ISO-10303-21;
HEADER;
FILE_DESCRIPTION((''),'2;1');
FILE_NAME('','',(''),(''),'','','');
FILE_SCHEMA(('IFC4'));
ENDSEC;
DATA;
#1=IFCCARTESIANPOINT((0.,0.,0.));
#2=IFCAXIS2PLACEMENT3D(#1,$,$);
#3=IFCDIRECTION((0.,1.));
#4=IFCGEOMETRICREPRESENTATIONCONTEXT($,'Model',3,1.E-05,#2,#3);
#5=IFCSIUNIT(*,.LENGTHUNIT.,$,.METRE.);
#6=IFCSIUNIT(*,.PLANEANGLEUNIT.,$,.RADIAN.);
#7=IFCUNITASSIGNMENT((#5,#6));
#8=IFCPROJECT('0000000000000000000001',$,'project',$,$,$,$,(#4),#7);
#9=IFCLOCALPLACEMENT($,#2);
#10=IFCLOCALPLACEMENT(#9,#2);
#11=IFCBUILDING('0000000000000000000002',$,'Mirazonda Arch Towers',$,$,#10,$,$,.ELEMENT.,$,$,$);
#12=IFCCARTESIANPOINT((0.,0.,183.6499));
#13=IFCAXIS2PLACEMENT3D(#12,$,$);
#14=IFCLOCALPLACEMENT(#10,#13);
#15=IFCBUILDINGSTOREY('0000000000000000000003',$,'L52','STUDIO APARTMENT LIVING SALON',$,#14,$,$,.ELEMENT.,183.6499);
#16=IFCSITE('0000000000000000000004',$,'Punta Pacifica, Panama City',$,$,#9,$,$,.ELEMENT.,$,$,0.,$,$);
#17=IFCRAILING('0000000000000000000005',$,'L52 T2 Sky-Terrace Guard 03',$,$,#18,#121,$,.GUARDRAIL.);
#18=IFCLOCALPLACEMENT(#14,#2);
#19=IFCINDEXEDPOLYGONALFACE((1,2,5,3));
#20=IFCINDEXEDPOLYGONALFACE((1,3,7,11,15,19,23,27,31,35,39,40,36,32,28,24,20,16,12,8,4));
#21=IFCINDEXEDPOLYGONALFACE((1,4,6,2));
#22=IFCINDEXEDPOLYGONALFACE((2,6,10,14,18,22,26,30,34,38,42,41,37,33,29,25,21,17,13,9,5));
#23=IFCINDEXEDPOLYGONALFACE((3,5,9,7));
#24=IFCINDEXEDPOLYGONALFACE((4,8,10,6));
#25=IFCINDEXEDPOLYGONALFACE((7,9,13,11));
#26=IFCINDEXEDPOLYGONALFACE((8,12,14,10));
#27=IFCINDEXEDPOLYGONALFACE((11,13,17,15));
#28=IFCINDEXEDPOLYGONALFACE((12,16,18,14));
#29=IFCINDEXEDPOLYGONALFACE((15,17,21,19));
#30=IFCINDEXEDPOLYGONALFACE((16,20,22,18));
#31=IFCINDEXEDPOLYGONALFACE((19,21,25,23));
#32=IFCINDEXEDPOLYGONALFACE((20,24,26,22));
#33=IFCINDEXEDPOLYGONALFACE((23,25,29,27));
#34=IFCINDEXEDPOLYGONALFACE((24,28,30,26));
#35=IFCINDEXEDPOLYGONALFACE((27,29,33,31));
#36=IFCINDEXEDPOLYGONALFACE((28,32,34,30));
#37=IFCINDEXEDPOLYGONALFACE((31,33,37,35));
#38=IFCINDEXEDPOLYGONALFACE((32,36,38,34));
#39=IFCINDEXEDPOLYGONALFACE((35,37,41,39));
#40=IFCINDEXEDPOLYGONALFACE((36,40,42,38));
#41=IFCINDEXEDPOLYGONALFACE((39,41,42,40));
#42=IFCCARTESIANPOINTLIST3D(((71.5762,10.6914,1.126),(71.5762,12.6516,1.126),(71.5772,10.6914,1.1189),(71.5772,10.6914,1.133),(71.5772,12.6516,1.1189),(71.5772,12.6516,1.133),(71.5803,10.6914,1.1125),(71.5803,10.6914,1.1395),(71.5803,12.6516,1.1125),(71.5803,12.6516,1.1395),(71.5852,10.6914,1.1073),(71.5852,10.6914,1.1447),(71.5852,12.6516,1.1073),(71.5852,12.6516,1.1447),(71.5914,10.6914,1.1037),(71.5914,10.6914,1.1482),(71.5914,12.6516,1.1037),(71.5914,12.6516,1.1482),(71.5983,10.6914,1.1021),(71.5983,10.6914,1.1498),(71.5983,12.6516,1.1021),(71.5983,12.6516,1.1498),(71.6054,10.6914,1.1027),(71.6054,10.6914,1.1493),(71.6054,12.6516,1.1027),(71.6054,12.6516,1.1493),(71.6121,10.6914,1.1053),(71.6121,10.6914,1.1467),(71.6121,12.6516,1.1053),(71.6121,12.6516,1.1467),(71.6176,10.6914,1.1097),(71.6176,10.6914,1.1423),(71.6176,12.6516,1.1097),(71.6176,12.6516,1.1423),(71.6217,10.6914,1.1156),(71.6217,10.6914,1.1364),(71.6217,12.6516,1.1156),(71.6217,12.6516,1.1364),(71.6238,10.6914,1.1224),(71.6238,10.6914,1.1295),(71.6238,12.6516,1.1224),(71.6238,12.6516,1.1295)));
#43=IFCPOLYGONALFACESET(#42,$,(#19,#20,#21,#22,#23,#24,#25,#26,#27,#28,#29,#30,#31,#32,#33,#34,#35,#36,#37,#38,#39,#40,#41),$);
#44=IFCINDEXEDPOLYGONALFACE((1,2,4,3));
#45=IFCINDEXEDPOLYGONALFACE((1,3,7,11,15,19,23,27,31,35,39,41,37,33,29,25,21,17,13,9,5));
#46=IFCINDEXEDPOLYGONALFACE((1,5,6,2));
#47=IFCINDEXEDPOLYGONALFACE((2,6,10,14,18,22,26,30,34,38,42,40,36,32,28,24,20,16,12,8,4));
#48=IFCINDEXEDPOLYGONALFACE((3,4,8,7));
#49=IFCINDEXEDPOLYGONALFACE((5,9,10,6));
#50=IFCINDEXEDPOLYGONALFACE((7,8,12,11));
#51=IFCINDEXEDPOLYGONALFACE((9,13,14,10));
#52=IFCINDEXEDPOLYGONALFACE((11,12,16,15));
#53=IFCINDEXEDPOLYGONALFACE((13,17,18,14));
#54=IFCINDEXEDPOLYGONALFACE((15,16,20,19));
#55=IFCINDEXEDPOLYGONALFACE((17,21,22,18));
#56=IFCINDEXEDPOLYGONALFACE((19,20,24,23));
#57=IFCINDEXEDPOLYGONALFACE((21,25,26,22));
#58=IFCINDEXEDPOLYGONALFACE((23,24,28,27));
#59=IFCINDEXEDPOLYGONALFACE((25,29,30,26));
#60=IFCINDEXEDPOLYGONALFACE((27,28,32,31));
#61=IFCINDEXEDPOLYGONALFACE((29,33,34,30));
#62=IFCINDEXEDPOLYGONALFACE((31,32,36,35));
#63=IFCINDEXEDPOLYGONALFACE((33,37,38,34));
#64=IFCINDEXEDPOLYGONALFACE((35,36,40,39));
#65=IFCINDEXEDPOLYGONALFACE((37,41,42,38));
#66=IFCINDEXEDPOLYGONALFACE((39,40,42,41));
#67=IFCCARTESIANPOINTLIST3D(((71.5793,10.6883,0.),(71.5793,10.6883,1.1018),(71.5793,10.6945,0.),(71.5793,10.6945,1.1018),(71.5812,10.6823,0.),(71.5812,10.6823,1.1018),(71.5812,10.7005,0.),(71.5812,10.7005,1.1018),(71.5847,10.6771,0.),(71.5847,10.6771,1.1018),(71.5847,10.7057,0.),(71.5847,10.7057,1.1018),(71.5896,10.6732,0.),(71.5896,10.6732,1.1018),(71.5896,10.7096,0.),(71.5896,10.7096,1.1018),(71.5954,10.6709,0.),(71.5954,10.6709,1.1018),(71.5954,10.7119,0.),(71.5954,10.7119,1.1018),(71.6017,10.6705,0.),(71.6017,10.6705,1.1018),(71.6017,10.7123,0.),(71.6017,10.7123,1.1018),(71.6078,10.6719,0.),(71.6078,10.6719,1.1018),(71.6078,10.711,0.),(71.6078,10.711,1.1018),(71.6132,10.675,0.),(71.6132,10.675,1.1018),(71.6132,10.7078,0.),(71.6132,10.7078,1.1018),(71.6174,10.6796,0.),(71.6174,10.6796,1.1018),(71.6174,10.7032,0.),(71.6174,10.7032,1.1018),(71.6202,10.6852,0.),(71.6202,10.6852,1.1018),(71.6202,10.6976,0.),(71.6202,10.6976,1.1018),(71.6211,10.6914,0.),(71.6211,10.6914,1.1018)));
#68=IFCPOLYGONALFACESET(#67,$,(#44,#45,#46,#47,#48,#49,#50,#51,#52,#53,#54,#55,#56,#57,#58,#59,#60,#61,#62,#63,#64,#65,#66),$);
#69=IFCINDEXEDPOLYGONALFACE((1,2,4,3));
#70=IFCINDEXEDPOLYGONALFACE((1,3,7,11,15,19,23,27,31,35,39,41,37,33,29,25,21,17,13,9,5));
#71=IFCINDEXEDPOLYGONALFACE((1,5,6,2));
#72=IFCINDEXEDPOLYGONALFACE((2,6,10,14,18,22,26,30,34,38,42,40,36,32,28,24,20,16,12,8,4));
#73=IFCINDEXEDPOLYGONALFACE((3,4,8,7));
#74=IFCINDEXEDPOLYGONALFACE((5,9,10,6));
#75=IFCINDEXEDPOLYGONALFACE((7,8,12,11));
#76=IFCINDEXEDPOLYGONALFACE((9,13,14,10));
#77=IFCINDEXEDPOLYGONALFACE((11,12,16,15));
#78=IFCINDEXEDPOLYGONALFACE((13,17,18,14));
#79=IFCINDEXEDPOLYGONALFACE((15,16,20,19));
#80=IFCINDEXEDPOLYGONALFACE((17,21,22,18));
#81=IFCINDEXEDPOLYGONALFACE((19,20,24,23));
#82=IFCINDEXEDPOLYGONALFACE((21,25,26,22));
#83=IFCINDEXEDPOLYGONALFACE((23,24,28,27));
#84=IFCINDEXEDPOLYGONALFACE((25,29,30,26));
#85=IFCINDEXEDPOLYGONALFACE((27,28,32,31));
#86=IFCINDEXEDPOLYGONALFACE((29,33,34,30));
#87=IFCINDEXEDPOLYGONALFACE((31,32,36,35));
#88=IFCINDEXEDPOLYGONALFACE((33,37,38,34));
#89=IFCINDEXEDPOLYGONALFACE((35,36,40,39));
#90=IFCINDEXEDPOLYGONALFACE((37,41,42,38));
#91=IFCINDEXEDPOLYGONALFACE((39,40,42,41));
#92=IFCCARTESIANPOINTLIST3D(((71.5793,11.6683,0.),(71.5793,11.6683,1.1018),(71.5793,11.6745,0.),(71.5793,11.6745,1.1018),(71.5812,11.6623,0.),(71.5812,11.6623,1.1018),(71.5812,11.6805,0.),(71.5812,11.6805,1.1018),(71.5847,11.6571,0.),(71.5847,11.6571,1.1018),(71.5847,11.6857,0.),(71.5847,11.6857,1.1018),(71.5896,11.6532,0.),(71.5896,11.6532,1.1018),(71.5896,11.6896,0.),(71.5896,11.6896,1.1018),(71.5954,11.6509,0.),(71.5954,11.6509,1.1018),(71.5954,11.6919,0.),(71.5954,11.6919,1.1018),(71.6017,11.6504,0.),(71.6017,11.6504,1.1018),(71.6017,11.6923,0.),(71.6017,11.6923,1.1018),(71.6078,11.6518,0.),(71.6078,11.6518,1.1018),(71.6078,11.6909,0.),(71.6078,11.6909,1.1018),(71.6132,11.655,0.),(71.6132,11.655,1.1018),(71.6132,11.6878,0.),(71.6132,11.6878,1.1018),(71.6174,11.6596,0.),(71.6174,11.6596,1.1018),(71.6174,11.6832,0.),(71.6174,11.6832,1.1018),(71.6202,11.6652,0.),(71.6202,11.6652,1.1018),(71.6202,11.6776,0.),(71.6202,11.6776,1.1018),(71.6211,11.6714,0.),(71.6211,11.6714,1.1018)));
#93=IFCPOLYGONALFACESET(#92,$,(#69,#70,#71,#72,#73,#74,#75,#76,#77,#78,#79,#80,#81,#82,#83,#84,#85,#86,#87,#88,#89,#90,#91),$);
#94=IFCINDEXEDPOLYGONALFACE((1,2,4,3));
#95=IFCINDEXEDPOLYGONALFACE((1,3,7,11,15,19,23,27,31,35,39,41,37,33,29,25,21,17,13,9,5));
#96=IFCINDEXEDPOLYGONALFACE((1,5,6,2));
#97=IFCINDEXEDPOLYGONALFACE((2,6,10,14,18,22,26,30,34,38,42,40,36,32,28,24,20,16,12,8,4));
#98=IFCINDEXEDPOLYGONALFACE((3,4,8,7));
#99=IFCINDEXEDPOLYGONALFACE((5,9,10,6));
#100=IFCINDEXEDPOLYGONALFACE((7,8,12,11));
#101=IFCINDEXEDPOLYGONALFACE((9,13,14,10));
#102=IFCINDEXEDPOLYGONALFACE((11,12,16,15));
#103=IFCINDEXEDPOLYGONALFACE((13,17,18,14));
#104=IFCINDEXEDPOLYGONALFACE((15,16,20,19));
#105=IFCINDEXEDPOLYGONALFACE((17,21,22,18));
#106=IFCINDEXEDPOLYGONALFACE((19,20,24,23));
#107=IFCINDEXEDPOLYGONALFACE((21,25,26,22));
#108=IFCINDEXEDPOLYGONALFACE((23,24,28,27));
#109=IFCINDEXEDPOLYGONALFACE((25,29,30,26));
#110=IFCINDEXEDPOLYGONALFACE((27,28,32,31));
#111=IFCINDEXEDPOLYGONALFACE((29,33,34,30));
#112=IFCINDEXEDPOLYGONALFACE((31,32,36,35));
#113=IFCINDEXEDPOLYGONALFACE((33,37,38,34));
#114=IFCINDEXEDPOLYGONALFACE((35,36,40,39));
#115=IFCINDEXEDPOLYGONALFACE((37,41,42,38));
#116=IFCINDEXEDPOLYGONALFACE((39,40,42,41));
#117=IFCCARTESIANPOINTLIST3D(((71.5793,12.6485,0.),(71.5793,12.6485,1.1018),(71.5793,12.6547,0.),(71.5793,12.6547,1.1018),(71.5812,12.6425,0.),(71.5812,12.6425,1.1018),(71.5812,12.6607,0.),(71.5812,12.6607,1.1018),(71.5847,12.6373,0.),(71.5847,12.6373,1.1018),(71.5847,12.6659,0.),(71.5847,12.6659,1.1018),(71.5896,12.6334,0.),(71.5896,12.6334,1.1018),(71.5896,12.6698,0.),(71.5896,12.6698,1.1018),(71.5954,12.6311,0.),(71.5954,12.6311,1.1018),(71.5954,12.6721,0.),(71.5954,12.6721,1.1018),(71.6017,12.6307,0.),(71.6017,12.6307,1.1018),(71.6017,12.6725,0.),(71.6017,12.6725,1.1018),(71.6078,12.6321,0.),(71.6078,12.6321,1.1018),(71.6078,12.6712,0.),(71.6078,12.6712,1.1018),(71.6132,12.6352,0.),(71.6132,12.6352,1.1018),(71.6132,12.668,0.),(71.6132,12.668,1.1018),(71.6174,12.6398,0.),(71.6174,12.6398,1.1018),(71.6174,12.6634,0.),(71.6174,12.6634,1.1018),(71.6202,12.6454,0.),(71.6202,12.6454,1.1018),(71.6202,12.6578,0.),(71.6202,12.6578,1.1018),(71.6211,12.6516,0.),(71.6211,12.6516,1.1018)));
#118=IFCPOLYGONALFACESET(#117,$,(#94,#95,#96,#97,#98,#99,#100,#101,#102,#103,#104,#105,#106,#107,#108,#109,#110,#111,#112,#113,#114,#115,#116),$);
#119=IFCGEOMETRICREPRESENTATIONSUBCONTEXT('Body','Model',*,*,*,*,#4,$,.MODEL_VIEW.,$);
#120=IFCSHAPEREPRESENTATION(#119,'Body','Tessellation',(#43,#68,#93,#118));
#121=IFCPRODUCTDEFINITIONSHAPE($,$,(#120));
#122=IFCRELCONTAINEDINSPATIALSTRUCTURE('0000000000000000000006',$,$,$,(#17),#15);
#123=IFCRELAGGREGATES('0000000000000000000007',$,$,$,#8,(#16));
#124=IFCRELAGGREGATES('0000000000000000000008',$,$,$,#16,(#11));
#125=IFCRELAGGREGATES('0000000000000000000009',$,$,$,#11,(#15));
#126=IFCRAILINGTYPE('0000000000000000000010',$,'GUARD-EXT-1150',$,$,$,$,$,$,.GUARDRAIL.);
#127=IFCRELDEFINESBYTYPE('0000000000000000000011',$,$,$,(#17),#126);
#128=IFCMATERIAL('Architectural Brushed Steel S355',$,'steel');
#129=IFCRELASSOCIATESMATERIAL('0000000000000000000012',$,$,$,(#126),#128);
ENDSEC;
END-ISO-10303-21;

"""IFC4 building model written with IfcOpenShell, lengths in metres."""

from ifc_helpers import new_model, si_unit, direction, frame, origin, origin_2d, place, context, subcontext, project, spatial, circle, extrude, material, type_object, element, save


model = new_model("IFC4")

# Units and contexts
model_context = context("Model", 3, precision=1e-05, world=origin(), true_north=direction((0.0, 1.0)))
body_context = subcontext(model_context, "Body", "Model", "MODEL_VIEW")
ifc_project = project(units=[si_unit("LENGTHUNIT", "METRE"), si_unit("PLANEANGLEUNIT", "RADIAN")], contexts=[model_context])

# Site, building, storey
site_placement = place(None, origin())
site = spatial("IfcSite", under=ifc_project, at=site_placement, Name="Punta Pacifica, Panama City", CompositionType="ELEMENT", RefElevation=0.0)
building_placement = place(site_placement, origin())
building = spatial("IfcBuilding", under=site, at=building_placement, Name="Mirazonda Arch Towers", CompositionType="ELEMENT")
storey_placement = place(building_placement, frame((0.0, 0.0, 183.6499)))
storey = spatial("IfcBuildingStorey", under=building, at=storey_placement, Name="L52", Description="STUDIO APARTMENT LIVING SALON", CompositionType="ELEMENT", Elevation=183.6499)

# Shared definitions
ifc_material_1 = material(Name="Architectural Brushed Steel S355", Category="steel")

# Railing
railing_type_1 = type_object("IfcRailingType", Name="GUARD-EXT-1150", PredefinedType="GUARDRAIL", material=ifc_material_1)
railing_1_placement = place(storey_placement, frame((71.6001, 10.6914, 0.0)))
element("IfcRailing", 1, at=railing_1_placement, inside=storey, type_object=railing_type_1, Name="L52 T2 Sky-Terrace Guard 03", PredefinedType="GUARDRAIL", context=body_context, shape_type="SweptSolid", body=[
    extrude(circle(Radius=0.0239, at=origin_2d()), frame((0.0, 0.0, 1.126), z_axis=(0.0, 1.0, 0.0), x_axis=(-1.0, 0.0, 0.0)), (0.0, 0.0, 1.0), 1.9602),
    extrude(circle(Radius=0.021, at=origin_2d()), origin(), (0.0, 0.0, 1.0), 1.1018),
    extrude(circle(Radius=0.021, at=origin_2d()), frame((0.0, 0.98, 0.0)), (0.0, 0.0, 1.0), 1.1018),
    extrude(circle(Radius=0.021, at=origin_2d()), frame((0.0, 1.9602, 0.0)), (0.0, 0.0, 1.0), 1.1018),
])

save(model, "model.ifc")
